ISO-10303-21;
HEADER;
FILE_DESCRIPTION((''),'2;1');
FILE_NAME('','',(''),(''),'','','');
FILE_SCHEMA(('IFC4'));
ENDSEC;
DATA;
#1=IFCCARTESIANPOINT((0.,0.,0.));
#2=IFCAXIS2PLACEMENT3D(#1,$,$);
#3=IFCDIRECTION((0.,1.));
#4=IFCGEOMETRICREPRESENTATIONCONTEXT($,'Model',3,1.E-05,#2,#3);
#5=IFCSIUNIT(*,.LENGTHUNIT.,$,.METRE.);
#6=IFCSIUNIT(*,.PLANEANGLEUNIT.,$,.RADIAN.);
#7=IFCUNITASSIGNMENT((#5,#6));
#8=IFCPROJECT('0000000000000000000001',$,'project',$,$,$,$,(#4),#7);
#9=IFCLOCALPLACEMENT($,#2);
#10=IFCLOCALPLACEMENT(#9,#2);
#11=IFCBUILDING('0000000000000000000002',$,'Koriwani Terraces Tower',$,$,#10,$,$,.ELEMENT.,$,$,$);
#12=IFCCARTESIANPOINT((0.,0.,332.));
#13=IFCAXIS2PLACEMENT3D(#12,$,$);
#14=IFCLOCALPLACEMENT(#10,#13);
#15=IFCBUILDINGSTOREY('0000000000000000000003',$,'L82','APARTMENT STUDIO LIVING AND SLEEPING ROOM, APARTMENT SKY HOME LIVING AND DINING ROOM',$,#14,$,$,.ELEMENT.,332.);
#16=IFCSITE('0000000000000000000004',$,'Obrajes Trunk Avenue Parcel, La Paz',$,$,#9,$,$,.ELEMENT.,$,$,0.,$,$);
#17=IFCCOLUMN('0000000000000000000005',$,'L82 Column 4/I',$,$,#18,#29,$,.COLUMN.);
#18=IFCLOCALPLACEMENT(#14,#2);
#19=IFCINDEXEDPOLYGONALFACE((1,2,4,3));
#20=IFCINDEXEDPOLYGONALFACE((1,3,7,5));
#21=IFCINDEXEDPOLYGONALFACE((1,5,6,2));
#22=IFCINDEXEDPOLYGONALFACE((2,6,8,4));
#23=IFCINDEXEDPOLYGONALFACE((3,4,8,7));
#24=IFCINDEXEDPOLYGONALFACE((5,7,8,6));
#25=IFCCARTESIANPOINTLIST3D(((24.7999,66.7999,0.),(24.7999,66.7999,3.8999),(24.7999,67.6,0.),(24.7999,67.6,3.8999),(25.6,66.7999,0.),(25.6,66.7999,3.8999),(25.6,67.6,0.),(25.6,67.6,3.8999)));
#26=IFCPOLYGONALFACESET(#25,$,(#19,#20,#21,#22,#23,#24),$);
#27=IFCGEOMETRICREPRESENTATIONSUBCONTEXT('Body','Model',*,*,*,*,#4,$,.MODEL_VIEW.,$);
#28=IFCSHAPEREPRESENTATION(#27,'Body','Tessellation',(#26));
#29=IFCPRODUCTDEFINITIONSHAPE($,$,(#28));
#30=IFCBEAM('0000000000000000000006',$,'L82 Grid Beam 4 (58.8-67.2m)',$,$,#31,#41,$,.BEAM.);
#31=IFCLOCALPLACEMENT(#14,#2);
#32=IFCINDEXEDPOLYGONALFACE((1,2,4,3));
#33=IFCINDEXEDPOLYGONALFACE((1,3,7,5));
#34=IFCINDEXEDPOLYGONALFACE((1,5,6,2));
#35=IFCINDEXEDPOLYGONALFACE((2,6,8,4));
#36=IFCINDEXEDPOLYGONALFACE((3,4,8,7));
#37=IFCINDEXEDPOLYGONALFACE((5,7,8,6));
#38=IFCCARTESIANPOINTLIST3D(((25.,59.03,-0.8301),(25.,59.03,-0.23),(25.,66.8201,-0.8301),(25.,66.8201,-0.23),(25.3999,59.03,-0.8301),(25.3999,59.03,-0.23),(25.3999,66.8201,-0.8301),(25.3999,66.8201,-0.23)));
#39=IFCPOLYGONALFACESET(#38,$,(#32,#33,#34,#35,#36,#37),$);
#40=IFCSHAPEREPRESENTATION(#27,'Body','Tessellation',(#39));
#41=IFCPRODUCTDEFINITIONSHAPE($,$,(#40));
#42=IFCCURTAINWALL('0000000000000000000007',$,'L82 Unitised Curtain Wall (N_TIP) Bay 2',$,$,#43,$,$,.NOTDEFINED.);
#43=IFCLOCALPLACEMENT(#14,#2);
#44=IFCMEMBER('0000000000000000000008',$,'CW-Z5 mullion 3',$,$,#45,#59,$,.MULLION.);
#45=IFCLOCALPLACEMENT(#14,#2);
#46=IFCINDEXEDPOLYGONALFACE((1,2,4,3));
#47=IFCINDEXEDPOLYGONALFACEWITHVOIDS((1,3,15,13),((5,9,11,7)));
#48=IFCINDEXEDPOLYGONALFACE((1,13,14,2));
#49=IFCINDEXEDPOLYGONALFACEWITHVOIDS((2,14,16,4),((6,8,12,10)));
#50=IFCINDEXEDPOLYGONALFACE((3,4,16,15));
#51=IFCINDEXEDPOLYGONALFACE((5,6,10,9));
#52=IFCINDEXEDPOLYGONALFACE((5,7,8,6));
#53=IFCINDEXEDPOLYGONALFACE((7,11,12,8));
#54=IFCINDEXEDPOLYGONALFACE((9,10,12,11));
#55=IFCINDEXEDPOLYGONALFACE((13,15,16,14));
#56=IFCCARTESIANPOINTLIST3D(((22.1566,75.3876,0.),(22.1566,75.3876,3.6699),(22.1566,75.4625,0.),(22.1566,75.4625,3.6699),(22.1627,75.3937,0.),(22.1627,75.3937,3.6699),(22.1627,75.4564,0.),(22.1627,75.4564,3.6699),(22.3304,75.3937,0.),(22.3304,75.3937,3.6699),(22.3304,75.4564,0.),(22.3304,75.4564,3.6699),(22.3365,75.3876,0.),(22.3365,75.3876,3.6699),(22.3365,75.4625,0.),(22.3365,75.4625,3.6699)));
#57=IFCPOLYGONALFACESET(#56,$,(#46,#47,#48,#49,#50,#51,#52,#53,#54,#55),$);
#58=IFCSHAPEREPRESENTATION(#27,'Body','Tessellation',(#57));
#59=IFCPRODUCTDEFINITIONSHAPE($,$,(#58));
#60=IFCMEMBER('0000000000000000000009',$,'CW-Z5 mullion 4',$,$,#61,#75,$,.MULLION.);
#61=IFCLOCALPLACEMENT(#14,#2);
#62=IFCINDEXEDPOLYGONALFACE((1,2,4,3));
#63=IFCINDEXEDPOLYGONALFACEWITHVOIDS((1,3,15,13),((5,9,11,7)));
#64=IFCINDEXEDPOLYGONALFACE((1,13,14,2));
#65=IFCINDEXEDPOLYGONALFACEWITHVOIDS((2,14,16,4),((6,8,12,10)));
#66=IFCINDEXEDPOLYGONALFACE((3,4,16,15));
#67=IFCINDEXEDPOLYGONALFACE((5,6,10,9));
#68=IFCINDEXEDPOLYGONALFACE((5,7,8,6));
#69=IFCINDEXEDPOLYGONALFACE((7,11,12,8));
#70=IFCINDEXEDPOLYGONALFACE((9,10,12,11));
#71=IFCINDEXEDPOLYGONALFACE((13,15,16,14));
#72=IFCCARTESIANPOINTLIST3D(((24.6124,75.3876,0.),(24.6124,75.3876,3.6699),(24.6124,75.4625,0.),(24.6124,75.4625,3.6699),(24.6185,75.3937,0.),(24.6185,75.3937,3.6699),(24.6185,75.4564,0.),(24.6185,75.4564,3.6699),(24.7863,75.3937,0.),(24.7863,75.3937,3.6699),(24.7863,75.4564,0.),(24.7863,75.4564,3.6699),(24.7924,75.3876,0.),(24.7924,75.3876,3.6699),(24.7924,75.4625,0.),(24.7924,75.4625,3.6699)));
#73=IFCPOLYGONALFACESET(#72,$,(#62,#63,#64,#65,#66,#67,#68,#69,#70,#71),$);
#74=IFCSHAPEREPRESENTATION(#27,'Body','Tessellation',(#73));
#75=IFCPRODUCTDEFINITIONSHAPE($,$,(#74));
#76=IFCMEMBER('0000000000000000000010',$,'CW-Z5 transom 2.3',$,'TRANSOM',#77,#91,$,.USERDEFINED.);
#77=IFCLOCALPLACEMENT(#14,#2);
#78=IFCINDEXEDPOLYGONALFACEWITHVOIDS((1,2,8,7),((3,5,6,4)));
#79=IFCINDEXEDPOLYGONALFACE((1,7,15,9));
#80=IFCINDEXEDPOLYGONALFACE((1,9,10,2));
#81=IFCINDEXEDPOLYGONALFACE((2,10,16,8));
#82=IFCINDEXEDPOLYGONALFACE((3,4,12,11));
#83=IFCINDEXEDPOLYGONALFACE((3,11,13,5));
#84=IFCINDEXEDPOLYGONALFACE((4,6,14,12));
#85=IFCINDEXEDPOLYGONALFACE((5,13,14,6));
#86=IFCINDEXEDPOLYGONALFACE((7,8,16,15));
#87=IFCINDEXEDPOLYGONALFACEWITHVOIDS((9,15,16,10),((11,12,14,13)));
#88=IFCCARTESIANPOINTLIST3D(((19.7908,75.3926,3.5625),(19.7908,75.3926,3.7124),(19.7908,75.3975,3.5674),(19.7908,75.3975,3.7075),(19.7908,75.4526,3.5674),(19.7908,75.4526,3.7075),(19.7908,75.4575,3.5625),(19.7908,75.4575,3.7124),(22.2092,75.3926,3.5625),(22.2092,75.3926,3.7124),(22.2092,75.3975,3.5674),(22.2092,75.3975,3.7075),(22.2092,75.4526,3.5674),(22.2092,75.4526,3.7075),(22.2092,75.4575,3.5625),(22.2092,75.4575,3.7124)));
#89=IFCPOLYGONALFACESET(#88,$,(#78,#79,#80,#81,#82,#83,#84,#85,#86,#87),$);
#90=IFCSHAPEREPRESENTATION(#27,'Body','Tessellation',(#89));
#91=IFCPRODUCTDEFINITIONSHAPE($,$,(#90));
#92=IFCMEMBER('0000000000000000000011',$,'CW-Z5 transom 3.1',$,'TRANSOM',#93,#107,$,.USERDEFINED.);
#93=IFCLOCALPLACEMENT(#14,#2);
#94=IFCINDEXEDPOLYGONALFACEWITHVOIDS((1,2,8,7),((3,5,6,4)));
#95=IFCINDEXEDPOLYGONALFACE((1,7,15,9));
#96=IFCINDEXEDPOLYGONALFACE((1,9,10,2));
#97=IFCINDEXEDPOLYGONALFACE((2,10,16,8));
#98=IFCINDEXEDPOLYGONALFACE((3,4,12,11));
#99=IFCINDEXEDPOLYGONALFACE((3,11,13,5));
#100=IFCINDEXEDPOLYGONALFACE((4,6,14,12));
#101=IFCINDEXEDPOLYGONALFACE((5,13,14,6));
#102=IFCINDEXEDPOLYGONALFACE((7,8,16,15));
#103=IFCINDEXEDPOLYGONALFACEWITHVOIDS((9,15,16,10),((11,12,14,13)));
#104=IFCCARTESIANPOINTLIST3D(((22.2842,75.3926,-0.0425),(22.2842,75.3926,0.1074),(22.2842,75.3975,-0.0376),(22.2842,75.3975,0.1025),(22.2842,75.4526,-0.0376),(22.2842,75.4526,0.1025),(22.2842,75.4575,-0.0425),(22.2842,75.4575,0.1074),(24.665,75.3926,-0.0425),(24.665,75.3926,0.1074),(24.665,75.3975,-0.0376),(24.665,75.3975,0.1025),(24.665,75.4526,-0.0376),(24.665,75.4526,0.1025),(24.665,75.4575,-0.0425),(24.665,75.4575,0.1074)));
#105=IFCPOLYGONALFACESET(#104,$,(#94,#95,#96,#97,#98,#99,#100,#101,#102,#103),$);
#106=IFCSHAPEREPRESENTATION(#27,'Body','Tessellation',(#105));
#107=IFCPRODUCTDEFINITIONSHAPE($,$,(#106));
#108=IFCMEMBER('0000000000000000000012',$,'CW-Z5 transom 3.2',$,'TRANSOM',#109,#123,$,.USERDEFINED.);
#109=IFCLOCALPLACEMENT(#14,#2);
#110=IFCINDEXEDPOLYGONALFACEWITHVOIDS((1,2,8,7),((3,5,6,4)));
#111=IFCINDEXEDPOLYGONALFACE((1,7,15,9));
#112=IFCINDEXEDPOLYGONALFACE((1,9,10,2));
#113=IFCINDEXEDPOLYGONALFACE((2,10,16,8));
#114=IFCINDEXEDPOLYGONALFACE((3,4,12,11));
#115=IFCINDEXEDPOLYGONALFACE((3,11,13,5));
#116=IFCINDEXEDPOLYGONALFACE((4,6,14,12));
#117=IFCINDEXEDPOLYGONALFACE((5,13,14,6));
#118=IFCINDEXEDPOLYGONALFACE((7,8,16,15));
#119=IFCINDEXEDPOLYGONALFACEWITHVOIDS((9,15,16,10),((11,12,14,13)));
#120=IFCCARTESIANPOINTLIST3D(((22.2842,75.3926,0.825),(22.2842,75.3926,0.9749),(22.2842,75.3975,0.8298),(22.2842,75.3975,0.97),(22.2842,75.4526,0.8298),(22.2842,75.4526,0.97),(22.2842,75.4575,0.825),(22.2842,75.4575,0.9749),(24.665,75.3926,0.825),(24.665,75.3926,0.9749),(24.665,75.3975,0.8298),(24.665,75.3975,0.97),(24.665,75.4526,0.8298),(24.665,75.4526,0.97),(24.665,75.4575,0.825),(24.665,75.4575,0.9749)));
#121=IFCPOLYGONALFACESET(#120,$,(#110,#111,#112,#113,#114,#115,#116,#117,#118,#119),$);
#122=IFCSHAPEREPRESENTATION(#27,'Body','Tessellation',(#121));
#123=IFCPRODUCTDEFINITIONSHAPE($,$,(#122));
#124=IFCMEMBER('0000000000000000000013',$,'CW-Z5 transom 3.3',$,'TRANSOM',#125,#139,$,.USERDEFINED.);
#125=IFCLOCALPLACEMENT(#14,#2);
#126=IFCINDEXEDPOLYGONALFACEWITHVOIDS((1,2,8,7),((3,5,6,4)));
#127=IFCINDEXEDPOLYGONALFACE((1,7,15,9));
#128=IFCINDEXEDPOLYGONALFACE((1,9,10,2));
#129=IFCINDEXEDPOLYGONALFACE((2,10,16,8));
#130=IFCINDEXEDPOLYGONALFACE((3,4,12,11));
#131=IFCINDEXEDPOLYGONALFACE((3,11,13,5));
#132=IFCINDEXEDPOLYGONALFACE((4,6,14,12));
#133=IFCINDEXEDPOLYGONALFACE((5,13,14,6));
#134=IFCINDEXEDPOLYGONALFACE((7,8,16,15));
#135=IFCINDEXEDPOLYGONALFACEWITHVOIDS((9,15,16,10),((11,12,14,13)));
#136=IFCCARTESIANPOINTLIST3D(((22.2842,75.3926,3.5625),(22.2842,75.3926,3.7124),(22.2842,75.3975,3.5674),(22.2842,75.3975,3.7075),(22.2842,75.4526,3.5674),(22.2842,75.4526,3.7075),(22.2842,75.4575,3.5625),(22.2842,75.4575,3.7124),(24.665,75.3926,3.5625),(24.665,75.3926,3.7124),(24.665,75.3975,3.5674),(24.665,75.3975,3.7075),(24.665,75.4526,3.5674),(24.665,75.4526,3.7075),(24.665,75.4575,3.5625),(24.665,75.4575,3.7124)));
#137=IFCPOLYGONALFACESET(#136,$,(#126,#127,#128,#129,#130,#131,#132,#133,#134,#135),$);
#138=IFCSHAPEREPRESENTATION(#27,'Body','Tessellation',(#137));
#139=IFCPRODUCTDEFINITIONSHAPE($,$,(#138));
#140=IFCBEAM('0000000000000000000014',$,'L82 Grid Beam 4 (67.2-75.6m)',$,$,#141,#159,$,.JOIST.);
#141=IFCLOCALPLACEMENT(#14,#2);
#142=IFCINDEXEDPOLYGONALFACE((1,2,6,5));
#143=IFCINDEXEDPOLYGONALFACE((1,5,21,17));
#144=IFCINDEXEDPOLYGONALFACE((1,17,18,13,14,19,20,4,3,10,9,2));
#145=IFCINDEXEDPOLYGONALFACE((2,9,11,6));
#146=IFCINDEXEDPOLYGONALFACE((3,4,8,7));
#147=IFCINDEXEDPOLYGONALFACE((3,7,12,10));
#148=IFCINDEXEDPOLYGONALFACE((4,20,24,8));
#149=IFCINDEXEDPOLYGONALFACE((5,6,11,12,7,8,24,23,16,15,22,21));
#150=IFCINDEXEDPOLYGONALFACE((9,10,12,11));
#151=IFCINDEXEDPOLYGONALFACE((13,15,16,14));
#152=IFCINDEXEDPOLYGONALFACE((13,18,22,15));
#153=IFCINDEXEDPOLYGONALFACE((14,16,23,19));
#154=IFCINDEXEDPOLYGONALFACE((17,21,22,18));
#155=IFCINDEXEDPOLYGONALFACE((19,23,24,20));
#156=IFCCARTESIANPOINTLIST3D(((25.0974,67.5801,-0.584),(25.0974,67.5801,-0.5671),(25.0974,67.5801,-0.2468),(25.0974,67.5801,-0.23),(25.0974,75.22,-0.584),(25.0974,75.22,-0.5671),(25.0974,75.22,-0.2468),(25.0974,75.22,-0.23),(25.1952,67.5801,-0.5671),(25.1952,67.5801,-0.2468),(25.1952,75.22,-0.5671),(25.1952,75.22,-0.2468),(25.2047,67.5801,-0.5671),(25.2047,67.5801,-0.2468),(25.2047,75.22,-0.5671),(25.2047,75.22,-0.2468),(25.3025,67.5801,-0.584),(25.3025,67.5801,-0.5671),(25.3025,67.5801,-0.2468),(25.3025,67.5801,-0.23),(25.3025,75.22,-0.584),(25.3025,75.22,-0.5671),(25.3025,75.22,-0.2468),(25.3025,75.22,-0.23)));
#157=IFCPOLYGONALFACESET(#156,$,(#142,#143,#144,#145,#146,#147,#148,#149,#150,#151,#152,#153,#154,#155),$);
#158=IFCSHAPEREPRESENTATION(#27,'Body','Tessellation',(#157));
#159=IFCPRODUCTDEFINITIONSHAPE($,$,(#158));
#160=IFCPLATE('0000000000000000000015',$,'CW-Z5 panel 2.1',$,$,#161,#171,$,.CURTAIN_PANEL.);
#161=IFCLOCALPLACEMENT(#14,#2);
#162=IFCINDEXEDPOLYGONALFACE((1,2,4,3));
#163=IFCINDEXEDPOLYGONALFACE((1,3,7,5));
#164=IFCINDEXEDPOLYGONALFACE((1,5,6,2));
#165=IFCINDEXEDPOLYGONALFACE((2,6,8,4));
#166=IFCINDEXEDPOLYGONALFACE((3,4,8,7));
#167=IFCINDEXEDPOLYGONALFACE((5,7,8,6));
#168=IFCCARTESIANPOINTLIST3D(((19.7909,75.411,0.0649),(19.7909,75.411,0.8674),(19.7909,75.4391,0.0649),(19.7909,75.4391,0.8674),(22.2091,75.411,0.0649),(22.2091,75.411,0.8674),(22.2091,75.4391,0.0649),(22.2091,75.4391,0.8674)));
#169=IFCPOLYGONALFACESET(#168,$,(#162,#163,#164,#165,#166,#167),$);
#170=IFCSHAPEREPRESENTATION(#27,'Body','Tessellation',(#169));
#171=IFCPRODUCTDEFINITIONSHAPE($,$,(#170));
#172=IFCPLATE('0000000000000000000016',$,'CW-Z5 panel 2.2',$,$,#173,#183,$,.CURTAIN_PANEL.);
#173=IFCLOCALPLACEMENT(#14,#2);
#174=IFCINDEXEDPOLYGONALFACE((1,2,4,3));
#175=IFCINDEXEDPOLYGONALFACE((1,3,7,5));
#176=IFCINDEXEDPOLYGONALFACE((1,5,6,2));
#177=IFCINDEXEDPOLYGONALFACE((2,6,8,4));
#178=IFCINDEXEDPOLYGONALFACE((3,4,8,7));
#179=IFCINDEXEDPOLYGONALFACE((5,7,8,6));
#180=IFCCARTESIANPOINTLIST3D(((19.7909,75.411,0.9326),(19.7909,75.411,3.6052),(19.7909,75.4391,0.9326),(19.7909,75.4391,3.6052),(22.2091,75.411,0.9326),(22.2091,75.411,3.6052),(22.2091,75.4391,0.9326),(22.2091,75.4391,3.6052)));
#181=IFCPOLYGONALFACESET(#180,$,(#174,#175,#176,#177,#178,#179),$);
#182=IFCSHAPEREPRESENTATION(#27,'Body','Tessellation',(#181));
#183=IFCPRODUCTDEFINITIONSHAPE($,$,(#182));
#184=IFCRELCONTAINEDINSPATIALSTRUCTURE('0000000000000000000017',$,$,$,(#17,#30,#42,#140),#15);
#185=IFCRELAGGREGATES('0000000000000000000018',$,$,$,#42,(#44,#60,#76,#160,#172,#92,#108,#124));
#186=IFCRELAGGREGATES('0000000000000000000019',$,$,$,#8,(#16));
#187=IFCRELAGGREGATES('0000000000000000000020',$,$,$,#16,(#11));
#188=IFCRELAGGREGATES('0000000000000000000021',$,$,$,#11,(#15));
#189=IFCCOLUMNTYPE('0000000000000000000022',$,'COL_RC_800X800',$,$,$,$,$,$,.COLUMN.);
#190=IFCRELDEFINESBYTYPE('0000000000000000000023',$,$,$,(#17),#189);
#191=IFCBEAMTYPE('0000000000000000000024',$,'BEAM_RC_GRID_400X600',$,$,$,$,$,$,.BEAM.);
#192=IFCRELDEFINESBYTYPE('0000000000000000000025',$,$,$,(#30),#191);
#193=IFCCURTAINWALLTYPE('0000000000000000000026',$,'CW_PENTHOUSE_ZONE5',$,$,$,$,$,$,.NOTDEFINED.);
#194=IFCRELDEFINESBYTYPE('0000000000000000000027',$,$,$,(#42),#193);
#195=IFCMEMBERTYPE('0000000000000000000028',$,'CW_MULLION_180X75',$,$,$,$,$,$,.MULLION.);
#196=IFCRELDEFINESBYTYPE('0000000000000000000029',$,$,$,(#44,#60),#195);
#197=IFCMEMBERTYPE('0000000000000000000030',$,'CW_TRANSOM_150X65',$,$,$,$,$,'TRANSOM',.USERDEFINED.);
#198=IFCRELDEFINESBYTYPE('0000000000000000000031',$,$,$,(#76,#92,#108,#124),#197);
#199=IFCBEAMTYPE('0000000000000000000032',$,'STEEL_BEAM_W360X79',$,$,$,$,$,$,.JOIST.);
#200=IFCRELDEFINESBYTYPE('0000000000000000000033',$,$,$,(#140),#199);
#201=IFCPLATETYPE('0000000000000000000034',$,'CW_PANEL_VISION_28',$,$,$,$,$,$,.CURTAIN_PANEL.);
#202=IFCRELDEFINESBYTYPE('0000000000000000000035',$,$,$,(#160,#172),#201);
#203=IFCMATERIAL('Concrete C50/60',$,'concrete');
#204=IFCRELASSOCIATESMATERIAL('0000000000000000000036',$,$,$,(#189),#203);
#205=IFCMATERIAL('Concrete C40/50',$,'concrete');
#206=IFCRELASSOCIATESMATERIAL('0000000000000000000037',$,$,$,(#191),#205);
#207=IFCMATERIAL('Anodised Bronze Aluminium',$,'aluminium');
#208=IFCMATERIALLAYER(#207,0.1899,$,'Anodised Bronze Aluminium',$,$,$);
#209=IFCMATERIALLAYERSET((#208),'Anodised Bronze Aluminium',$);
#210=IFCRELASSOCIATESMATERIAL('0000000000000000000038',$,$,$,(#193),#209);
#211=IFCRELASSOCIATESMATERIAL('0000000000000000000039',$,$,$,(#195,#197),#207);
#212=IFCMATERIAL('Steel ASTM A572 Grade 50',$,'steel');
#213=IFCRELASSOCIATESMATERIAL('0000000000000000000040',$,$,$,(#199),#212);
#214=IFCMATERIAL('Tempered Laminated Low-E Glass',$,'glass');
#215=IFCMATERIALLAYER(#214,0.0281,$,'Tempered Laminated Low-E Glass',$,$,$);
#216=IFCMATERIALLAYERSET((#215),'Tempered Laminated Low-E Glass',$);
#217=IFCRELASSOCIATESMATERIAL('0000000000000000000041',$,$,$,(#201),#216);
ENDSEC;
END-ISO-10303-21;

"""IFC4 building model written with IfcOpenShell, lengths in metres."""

from ifc_helpers import new_model, si_unit, direction, frame, origin, origin_2d, place, context, subcontext, project, spatial, rectangle, hollow_rectangle, i_section, extrude, material, layer, layer_set, material_profile, profile_set, type_object, element, aggregate, save


model = new_model("IFC4")

# Units and contexts
model_context = context("Model", 3, precision=1e-05, world=origin(), true_north=direction((0.0, 1.0)))
body_context = subcontext(model_context, "Body", "Model", "MODEL_VIEW")
ifc_project = project(units=[si_unit("LENGTHUNIT", "METRE"), si_unit("PLANEANGLEUNIT", "RADIAN")], contexts=[model_context])

# Site, building, storey
site_placement = place(None, origin())
site = spatial("IfcSite", under=ifc_project, at=site_placement, Name="Obrajes Trunk Avenue Parcel, La Paz", CompositionType="ELEMENT", RefElevation=0.0)
building_placement = place(site_placement, origin())
building = spatial("IfcBuilding", under=site, at=building_placement, Name="Koriwani Terraces Tower", CompositionType="ELEMENT")
storey_placement = place(building_placement, frame((0.0, 0.0, 332.0)))
storey = spatial("IfcBuildingStorey", under=building, at=storey_placement, Name="L82", Description="APARTMENT STUDIO LIVING AND SLEEPING ROOM, APARTMENT SKY HOME LIVING AND DINING ROOM", CompositionType="ELEMENT", Elevation=332.0)

# Column
ifc_material_1 = material(Name="Concrete C50/60", Category="concrete")
ifc_material_profile_1 = material_profile(ifc_material_1, rectangle(XDim=0.8, YDim=0.8, at=origin_2d()), Name="Concrete C50/60", Category="LoadBearing")
ifc_profile_set_1 = profile_set([ifc_material_profile_1], Name="Concrete C50/60")
column_type = type_object("IfcColumnType", Name="COL_RC_800X800", PredefinedType="COLUMN", material=ifc_profile_set_1)
column_placement = place(storey_placement, frame((25.2, 67.2, 0.0), z_axis=(0.0, 0.0, 1.0), x_axis=(1.0, 0.0, 0.0)))
element("IfcColumn", 1, at=column_placement, inside=storey, type_object=column_type, Name="L82 Column 4/I", PredefinedType="COLUMN", context=body_context, shape_type="SweptSolid", body=[
    extrude(rectangle(XDim=0.8, YDim=0.8, at=origin_2d()), origin(), (0.0, 0.0, 1.0), 3.8999),
])

# Beam
ifc_material_2 = material(Name="Concrete C40/50", Category="concrete")
ifc_material_profile_2 = material_profile(ifc_material_2, rectangle(XDim=0.3999, YDim=0.6001, at=origin_2d()), Name="Concrete C40/50", Category="LoadBearing")
ifc_profile_set_2 = profile_set([ifc_material_profile_2], Name="Concrete C40/50")
beam_type_1 = type_object("IfcBeamType", Name="BEAM_RC_GRID_400X600", PredefinedType="BEAM", material=ifc_profile_set_2)
beam_1_placement = place(storey_placement, frame((25.2, 59.03, -0.53), z_axis=(0.0, 1.0, 0.0), x_axis=(-1.0, 0.0, 0.0)))
element("IfcBeam", 2, at=beam_1_placement, inside=storey, type_object=beam_type_1, Name="L82 Grid Beam 4 (58.8-67.2m)", PredefinedType="BEAM", context=body_context, shape_type="SweptSolid", body=[
    extrude(rectangle(XDim=0.3999, YDim=0.6001, at=origin_2d()), origin(), (0.0, 0.0, 1.0), 7.79),
])

# Curtain wall, members
ifc_material_3 = material(Name="Anodised Bronze Aluminium", Category="aluminium")
ifc_layer_1 = layer(ifc_material_3, 0.1899, Name="Anodised Bronze Aluminium")
ifc_layer_set_1 = layer_set([ifc_layer_1], Name="Anodised Bronze Aluminium")
curtain_wall_type = type_object("IfcCurtainWallType", Name="CW_PENTHOUSE_ZONE5", PredefinedType="NOTDEFINED", material=ifc_layer_set_1)
curtain_wall_placement = place(storey_placement, origin())
curtain_wall = element("IfcCurtainWall", 3, at=curtain_wall_placement, inside=storey, type_object=curtain_wall_type, Name="L82 Unitised Curtain Wall (N_TIP) Bay 2", PredefinedType="NOTDEFINED")
ifc_material_profile_3 = material_profile(ifc_material_3, hollow_rectangle(XDim=0.075, YDim=0.1799, WallThickness=0.0061, at=origin_2d()), Name="Anodised Bronze Aluminium", Category="LoadBearing")
ifc_profile_set_3 = profile_set([ifc_material_profile_3], Name="Anodised Bronze Aluminium")
member_type_1 = type_object("IfcMemberType", Name="CW_MULLION_180X75", PredefinedType="MULLION", material=ifc_profile_set_3)
member_1_placement = place(storey_placement, frame((22.2466, 75.425, 0.0), z_axis=(0.0, 0.0, 1.0), x_axis=(0.0, 1.0, 0.0)))
member_1 = element("IfcMember", 4, at=member_1_placement, type_object=member_type_1, Name="CW-Z5 mullion 3", PredefinedType="MULLION", context=body_context, shape_type="SweptSolid", body=[
    extrude(hollow_rectangle(XDim=0.075, YDim=0.1799, WallThickness=0.0061, at=origin_2d()), origin(), (0.0, 0.0, 1.0), 3.6699),
])
member_2_placement = place(storey_placement, frame((24.7024, 75.425, 0.0), z_axis=(0.0, 0.0, 1.0), x_axis=(0.0, 1.0, 0.0)))
member_2 = element("IfcMember", 5, at=member_2_placement, type_object=member_type_1, Name="CW-Z5 mullion 4", PredefinedType="MULLION", context=body_context, shape_type="SweptSolid", body=[
    extrude(hollow_rectangle(XDim=0.075, YDim=0.1799, WallThickness=0.0061, at=origin_2d()), origin(), (0.0, 0.0, 1.0), 3.6699),
])
ifc_material_profile_4 = material_profile(ifc_material_3, hollow_rectangle(XDim=0.0649, YDim=0.1499, WallThickness=0.0049, at=origin_2d()), Name="Anodised Bronze Aluminium", Category="LoadBearing")
ifc_profile_set_4 = profile_set([ifc_material_profile_4], Name="Anodised Bronze Aluminium")
member_type_2 = type_object("IfcMemberType", Name="CW_TRANSOM_150X65", ElementType="TRANSOM", PredefinedType="USERDEFINED", material=ifc_profile_set_4)
member_3_placement = place(storey_placement, frame((19.7908, 75.425, 3.6375), z_axis=(1.0, 0.0, 0.0), x_axis=(0.0, 1.0, 0.0)))
member_3 = element("IfcMember", 6, at=member_3_placement, type_object=member_type_2, Name="CW-Z5 transom 2.3", ObjectType="TRANSOM", PredefinedType="USERDEFINED", context=body_context, shape_type="SweptSolid", body=[
    extrude(hollow_rectangle(XDim=0.0649, YDim=0.1499, WallThickness=0.0049, at=origin_2d()), origin(), (0.0, 0.0, 1.0), 2.4185),
])
member_4_placement = place(storey_placement, frame((22.2842, 75.425, 0.0325), z_axis=(1.0, 0.0, 0.0), x_axis=(0.0, 1.0, 0.0)))
member_4 = element("IfcMember", 7, at=member_4_placement, type_object=member_type_2, Name="CW-Z5 transom 3.1", ObjectType="TRANSOM", PredefinedType="USERDEFINED", context=body_context, shape_type="SweptSolid", body=[
    extrude(hollow_rectangle(XDim=0.0649, YDim=0.1499, WallThickness=0.0049, at=origin_2d()), origin(), (0.0, 0.0, 1.0), 2.3809),
])
member_5_placement = place(storey_placement, frame((22.2842, 75.425, 0.8999), z_axis=(1.0, 0.0, 0.0), x_axis=(0.0, 1.0, 0.0)))
member_5 = element("IfcMember", 8, at=member_5_placement, type_object=member_type_2, Name="CW-Z5 transom 3.2", ObjectType="TRANSOM", PredefinedType="USERDEFINED", context=body_context, shape_type="SweptSolid", body=[
    extrude(hollow_rectangle(XDim=0.0649, YDim=0.1499, WallThickness=0.0049, at=origin_2d()), origin(), (0.0, 0.0, 1.0), 2.3809),
])
member_6_placement = place(storey_placement, frame((22.2842, 75.425, 3.6375), z_axis=(1.0, 0.0, 0.0), x_axis=(0.0, 1.0, 0.0)))
member_6 = element("IfcMember", 9, at=member_6_placement, type_object=member_type_2, Name="CW-Z5 transom 3.3", ObjectType="TRANSOM", PredefinedType="USERDEFINED", context=body_context, shape_type="SweptSolid", body=[
    extrude(hollow_rectangle(XDim=0.0649, YDim=0.1499, WallThickness=0.0049, at=origin_2d()), origin(), (0.0, 0.0, 1.0), 2.3809),
])

# Beam
ifc_material_4 = material(Name="Steel ASTM A572 Grade 50", Category="steel")
ifc_material_profile_5 = material_profile(ifc_material_4, i_section(OverallWidth=0.2051, OverallDepth=0.354, WebThickness=0.0095, FlangeThickness=0.0168, at=origin_2d()), Name="Steel ASTM A572 Grade 50", Category="LoadBearing")
ifc_profile_set_5 = profile_set([ifc_material_profile_5], Name="Steel ASTM A572 Grade 50")
beam_type_2 = type_object("IfcBeamType", Name="STEEL_BEAM_W360X79", PredefinedType="JOIST", material=ifc_profile_set_5)
beam_2_placement = place(storey_placement, frame((25.2, 67.5801, -0.407), z_axis=(0.0, 1.0, 0.0), x_axis=(-1.0, 0.0, 0.0)))
element("IfcBeam", 10, at=beam_2_placement, inside=storey, type_object=beam_type_2, Name="L82 Grid Beam 4 (67.2-75.6m)", PredefinedType="JOIST", context=body_context, shape_type="SweptSolid", body=[
    extrude(i_section(OverallWidth=0.2051, OverallDepth=0.354, WebThickness=0.0095, FlangeThickness=0.0168, at=origin_2d()), origin(), (0.0, 0.0, 1.0), 7.6399),
])

# Plates
ifc_material_5 = material(Name="Tempered Laminated Low-E Glass", Category="glass")
ifc_layer_2 = layer(ifc_material_5, 0.0281, Name="Tempered Laminated Low-E Glass")
ifc_layer_set_2 = layer_set([ifc_layer_2], Name="Tempered Laminated Low-E Glass")
plate_type = type_object("IfcPlateType", Name="CW_PANEL_VISION_28", PredefinedType="CURTAIN_PANEL", material=ifc_layer_set_2)
plate_1_placement = place(storey_placement, frame((21.0, 75.425, 0.0649), z_axis=(0.0, 0.0, 1.0), x_axis=(1.0, 0.0, 0.0)))
plate_1 = element("IfcPlate", 11, at=plate_1_placement, type_object=plate_type, Name="CW-Z5 panel 2.1", PredefinedType="CURTAIN_PANEL", context=body_context, shape_type="SweptSolid", body=[
    extrude(rectangle(XDim=2.4182, YDim=0.0281, at=origin_2d()), origin(), (0.0, 0.0, 1.0), 0.8025),
])
plate_2_placement = place(storey_placement, frame((21.0, 75.425, 0.9326), z_axis=(0.0, 0.0, 1.0), x_axis=(1.0, 0.0, 0.0)))
plate_2 = element("IfcPlate", 12, at=plate_2_placement, type_object=plate_type, Name="CW-Z5 panel 2.2", PredefinedType="CURTAIN_PANEL", context=body_context, shape_type="SweptSolid", body=[
    extrude(rectangle(XDim=2.4182, YDim=0.0281, at=origin_2d()), origin(), (0.0, 0.0, 1.0), 2.6726),
])
aggregate(curtain_wall, [member_1, member_2, member_3, plate_1, plate_2, member_4, member_5, member_6])

save(model, "model.ifc")
